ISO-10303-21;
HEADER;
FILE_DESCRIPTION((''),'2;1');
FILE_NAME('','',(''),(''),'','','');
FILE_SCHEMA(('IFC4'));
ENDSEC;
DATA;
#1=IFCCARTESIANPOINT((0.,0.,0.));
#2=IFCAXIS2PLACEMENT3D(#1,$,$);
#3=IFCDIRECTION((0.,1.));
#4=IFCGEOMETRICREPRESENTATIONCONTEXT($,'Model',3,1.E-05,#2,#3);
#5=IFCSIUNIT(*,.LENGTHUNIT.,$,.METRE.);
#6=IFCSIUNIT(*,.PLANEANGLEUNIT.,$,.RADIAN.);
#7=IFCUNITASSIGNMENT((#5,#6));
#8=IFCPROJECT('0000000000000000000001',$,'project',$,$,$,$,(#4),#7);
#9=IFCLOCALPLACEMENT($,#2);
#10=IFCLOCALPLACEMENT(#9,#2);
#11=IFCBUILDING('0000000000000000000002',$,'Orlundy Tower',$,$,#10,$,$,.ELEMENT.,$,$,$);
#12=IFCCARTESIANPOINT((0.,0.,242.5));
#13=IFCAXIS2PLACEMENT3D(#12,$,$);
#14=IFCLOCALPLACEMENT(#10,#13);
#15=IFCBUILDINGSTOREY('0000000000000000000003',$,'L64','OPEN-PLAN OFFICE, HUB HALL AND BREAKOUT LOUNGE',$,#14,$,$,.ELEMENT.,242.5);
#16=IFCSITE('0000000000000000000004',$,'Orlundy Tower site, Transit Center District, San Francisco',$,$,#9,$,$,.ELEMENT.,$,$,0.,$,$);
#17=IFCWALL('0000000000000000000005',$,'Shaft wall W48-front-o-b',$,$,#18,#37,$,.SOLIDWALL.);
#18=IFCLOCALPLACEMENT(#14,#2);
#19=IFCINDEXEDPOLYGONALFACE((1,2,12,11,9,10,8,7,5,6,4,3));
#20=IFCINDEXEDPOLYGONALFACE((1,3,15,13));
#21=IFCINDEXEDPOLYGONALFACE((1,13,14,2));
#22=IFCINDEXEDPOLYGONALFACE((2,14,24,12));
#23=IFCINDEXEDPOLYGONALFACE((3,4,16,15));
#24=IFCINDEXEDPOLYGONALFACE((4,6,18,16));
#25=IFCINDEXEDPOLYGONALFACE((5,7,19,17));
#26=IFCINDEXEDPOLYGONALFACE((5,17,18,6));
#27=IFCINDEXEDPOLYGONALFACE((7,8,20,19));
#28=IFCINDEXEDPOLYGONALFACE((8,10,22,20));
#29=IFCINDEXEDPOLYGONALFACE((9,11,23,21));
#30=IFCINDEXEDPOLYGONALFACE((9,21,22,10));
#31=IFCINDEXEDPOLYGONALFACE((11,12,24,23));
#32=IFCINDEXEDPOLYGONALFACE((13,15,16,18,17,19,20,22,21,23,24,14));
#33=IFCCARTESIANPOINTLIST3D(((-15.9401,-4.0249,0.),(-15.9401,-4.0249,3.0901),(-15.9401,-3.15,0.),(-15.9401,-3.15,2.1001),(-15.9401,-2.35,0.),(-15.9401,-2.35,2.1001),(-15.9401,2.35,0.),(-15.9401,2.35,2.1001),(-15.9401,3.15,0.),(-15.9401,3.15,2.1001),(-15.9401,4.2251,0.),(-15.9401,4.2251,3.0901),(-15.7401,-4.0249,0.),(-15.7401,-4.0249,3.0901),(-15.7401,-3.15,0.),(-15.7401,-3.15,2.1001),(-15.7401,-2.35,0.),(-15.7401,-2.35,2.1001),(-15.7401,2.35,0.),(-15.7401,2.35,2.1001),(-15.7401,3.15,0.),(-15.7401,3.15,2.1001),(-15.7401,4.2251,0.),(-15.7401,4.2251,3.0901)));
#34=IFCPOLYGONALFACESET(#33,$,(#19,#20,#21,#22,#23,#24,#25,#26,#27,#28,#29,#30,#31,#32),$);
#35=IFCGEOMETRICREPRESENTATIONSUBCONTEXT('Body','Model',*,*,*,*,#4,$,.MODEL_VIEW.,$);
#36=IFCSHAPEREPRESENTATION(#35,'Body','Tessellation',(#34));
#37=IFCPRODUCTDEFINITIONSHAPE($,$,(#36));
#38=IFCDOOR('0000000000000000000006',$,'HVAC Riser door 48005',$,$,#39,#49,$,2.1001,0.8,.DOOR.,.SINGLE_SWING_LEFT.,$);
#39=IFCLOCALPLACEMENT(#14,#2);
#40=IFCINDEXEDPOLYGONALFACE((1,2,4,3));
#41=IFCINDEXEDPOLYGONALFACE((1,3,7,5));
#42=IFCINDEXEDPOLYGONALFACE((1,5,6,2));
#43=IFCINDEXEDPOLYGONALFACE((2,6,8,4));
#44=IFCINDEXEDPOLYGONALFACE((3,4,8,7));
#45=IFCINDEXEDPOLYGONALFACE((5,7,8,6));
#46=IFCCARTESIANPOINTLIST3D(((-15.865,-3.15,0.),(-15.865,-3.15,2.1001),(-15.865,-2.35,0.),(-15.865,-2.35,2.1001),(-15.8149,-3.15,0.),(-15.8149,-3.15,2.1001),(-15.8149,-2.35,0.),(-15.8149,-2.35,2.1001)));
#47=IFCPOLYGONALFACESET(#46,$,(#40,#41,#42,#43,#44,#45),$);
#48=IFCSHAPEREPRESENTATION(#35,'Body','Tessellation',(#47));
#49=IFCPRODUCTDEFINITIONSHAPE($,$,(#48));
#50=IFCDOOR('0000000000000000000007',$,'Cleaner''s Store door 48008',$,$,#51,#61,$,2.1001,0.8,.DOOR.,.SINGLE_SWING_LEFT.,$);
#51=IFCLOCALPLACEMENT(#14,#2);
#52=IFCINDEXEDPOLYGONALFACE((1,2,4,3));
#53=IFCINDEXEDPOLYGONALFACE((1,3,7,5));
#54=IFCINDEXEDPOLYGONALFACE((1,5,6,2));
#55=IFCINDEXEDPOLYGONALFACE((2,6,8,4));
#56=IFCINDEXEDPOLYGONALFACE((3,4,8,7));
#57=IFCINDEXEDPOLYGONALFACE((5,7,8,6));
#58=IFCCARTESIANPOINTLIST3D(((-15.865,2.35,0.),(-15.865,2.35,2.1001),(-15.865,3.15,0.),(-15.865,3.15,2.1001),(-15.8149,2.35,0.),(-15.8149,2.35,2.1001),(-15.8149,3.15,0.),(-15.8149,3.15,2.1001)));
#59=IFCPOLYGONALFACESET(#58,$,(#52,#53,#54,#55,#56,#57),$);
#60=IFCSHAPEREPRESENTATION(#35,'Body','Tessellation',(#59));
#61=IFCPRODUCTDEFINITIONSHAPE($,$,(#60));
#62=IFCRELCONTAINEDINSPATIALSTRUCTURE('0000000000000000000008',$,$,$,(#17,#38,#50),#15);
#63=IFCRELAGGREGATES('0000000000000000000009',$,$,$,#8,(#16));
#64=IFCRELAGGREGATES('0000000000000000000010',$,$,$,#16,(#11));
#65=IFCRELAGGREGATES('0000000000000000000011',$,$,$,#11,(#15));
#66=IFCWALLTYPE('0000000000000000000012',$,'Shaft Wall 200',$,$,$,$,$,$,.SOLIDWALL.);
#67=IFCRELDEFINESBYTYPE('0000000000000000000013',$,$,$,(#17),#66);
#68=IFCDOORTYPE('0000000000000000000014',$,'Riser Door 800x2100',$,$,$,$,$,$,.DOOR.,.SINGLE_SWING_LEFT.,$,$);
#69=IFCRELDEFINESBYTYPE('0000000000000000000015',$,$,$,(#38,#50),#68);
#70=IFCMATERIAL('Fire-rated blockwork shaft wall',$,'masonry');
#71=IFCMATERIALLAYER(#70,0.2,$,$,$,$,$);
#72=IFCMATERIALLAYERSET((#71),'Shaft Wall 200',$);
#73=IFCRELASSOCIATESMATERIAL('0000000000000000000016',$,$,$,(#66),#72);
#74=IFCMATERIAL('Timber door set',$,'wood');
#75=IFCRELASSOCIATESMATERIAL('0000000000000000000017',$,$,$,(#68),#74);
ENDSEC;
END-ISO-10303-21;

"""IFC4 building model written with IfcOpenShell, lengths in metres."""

from ifc_helpers import new_model, si_unit, direction, frame, frame_2d, origin, place, context, subcontext, project, spatial, rectangle, extrude, material, layer, layer_set, type_object, element, fill, save


model = new_model("IFC4")

# Units and contexts
model_context = context("Model", 3, precision=1e-05, world=origin(), true_north=direction((0.0, 1.0)))
body_context = subcontext(model_context, "Body", "Model", "MODEL_VIEW")
ifc_project = project(units=[si_unit("LENGTHUNIT", "METRE"), si_unit("PLANEANGLEUNIT", "RADIAN")], contexts=[model_context])

# Site, building, storey
site_placement = place(None, origin())
site = spatial("IfcSite", under=ifc_project, at=site_placement, Name="Orlundy Tower site, Transit Center District, San Francisco", CompositionType="ELEMENT", RefElevation=0.0)
building_placement = place(site_placement, origin())
building = spatial("IfcBuilding", under=site, at=building_placement, Name="Orlundy Tower", CompositionType="ELEMENT")
storey_placement = place(building_placement, frame((0.0, 0.0, 242.5)))
storey = spatial("IfcBuildingStorey", under=building, at=storey_placement, Name="L64", Description="OPEN-PLAN OFFICE, HUB HALL AND BREAKOUT LOUNGE", CompositionType="ELEMENT", Elevation=242.5)

# Shared definitions
ifc_material_1 = material(Name="Fire-rated blockwork shaft wall", Category="masonry")
ifc_layer_1 = layer(ifc_material_1, 0.2)
ifc_layer_set_1 = layer_set([ifc_layer_1], Name="Shaft Wall 200")
wall_type_1 = type_object("IfcWallType", Name="Shaft Wall 200", PredefinedType="SOLIDWALL", material=ifc_layer_set_1)

# Wall, openings, doors
wall_1_placement = place(storey_placement, frame((-15.8401, -4.0249, 0.0), z_axis=(0.0, 0.0, 1.0), x_axis=(0.0, 1.0, 0.0)))
wall_1 = element("IfcWall", 1, at=wall_1_placement, inside=storey, type_object=wall_type_1, Name="Shaft wall W48-front-o-b", PredefinedType="SOLIDWALL", context=body_context, shape_type="SweptSolid", body=[
    extrude(rectangle(XDim=8.25, YDim=0.2, at=frame_2d((4.125, 0.0))), origin(), (0.0, 0.0, 1.0), 3.0901),
])
opening_1_placement = place(wall_1_placement, frame((0.875, 0.0, 0.0)))
opening_1 = element("IfcOpeningElement", 2, at=opening_1_placement, cuts=wall_1, PredefinedType="OPENING", context=body_context, shape_type="SweptSolid", body=[
    extrude(rectangle(XDim=0.8, YDim=2.1001, at=frame_2d((0.3999, 1.05))), frame((0.0, 0.1101, 0.0), z_axis=(0.0, -1.0, 0.0), x_axis=(1.0, 0.0, 0.0)), (0.0, 0.0, 1.0), 0.2202),
])
opening_2_placement = place(wall_1_placement, frame((6.375, 0.0, 0.0)))
opening_2 = element("IfcOpeningElement", 3, at=opening_2_placement, cuts=wall_1, PredefinedType="OPENING", context=body_context, shape_type="SweptSolid", body=[
    extrude(rectangle(XDim=0.8, YDim=2.1001, at=frame_2d((0.3999, 1.05))), frame((0.0, 0.1101, 0.0), z_axis=(0.0, -1.0, 0.0), x_axis=(1.0, 0.0, 0.0)), (0.0, 0.0, 1.0), 0.2202),
])
ifc_material_2 = material(Name="Timber door set", Category="wood")
door_type_1 = type_object("IfcDoorType", Name="Riser Door 800x2100", OperationType="SINGLE_SWING_LEFT", PredefinedType="DOOR", material=ifc_material_2)
door_1_placement = place(opening_1_placement, origin())
door_1 = element("IfcDoor", 4, at=door_1_placement, inside=storey, type_object=door_type_1, Name="HVAC Riser door 48005", OperationType="SINGLE_SWING_LEFT", OverallHeight=2.1001, OverallWidth=0.8, PredefinedType="DOOR", context=body_context, shape_type="SweptSolid", body=[
    extrude(rectangle(XDim=0.8, YDim=2.1001, at=frame_2d((0.3999, 1.05))), frame((0.0, 0.0249, 0.0), z_axis=(0.0, -1.0, 0.0), x_axis=(1.0, 0.0, 0.0)), (0.0, 0.0, 1.0), 0.05),
])
fill(opening_1, door_1)
door_2_placement = place(opening_2_placement, origin())
door_2 = element("IfcDoor", 5, at=door_2_placement, inside=storey, type_object=door_type_1, Name="Cleaner's Store door 48008", OperationType="SINGLE_SWING_LEFT", OverallHeight=2.1001, OverallWidth=0.8, PredefinedType="DOOR", context=body_context, shape_type="SweptSolid", body=[
    extrude(rectangle(XDim=0.8, YDim=2.1001, at=frame_2d((0.3999, 1.05))), frame((0.0, 0.0249, 0.0), z_axis=(0.0, -1.0, 0.0), x_axis=(1.0, 0.0, 0.0)), (0.0, 0.0, 1.0), 0.05),
])
fill(opening_2, door_2)

save(model, "model.ifc")
